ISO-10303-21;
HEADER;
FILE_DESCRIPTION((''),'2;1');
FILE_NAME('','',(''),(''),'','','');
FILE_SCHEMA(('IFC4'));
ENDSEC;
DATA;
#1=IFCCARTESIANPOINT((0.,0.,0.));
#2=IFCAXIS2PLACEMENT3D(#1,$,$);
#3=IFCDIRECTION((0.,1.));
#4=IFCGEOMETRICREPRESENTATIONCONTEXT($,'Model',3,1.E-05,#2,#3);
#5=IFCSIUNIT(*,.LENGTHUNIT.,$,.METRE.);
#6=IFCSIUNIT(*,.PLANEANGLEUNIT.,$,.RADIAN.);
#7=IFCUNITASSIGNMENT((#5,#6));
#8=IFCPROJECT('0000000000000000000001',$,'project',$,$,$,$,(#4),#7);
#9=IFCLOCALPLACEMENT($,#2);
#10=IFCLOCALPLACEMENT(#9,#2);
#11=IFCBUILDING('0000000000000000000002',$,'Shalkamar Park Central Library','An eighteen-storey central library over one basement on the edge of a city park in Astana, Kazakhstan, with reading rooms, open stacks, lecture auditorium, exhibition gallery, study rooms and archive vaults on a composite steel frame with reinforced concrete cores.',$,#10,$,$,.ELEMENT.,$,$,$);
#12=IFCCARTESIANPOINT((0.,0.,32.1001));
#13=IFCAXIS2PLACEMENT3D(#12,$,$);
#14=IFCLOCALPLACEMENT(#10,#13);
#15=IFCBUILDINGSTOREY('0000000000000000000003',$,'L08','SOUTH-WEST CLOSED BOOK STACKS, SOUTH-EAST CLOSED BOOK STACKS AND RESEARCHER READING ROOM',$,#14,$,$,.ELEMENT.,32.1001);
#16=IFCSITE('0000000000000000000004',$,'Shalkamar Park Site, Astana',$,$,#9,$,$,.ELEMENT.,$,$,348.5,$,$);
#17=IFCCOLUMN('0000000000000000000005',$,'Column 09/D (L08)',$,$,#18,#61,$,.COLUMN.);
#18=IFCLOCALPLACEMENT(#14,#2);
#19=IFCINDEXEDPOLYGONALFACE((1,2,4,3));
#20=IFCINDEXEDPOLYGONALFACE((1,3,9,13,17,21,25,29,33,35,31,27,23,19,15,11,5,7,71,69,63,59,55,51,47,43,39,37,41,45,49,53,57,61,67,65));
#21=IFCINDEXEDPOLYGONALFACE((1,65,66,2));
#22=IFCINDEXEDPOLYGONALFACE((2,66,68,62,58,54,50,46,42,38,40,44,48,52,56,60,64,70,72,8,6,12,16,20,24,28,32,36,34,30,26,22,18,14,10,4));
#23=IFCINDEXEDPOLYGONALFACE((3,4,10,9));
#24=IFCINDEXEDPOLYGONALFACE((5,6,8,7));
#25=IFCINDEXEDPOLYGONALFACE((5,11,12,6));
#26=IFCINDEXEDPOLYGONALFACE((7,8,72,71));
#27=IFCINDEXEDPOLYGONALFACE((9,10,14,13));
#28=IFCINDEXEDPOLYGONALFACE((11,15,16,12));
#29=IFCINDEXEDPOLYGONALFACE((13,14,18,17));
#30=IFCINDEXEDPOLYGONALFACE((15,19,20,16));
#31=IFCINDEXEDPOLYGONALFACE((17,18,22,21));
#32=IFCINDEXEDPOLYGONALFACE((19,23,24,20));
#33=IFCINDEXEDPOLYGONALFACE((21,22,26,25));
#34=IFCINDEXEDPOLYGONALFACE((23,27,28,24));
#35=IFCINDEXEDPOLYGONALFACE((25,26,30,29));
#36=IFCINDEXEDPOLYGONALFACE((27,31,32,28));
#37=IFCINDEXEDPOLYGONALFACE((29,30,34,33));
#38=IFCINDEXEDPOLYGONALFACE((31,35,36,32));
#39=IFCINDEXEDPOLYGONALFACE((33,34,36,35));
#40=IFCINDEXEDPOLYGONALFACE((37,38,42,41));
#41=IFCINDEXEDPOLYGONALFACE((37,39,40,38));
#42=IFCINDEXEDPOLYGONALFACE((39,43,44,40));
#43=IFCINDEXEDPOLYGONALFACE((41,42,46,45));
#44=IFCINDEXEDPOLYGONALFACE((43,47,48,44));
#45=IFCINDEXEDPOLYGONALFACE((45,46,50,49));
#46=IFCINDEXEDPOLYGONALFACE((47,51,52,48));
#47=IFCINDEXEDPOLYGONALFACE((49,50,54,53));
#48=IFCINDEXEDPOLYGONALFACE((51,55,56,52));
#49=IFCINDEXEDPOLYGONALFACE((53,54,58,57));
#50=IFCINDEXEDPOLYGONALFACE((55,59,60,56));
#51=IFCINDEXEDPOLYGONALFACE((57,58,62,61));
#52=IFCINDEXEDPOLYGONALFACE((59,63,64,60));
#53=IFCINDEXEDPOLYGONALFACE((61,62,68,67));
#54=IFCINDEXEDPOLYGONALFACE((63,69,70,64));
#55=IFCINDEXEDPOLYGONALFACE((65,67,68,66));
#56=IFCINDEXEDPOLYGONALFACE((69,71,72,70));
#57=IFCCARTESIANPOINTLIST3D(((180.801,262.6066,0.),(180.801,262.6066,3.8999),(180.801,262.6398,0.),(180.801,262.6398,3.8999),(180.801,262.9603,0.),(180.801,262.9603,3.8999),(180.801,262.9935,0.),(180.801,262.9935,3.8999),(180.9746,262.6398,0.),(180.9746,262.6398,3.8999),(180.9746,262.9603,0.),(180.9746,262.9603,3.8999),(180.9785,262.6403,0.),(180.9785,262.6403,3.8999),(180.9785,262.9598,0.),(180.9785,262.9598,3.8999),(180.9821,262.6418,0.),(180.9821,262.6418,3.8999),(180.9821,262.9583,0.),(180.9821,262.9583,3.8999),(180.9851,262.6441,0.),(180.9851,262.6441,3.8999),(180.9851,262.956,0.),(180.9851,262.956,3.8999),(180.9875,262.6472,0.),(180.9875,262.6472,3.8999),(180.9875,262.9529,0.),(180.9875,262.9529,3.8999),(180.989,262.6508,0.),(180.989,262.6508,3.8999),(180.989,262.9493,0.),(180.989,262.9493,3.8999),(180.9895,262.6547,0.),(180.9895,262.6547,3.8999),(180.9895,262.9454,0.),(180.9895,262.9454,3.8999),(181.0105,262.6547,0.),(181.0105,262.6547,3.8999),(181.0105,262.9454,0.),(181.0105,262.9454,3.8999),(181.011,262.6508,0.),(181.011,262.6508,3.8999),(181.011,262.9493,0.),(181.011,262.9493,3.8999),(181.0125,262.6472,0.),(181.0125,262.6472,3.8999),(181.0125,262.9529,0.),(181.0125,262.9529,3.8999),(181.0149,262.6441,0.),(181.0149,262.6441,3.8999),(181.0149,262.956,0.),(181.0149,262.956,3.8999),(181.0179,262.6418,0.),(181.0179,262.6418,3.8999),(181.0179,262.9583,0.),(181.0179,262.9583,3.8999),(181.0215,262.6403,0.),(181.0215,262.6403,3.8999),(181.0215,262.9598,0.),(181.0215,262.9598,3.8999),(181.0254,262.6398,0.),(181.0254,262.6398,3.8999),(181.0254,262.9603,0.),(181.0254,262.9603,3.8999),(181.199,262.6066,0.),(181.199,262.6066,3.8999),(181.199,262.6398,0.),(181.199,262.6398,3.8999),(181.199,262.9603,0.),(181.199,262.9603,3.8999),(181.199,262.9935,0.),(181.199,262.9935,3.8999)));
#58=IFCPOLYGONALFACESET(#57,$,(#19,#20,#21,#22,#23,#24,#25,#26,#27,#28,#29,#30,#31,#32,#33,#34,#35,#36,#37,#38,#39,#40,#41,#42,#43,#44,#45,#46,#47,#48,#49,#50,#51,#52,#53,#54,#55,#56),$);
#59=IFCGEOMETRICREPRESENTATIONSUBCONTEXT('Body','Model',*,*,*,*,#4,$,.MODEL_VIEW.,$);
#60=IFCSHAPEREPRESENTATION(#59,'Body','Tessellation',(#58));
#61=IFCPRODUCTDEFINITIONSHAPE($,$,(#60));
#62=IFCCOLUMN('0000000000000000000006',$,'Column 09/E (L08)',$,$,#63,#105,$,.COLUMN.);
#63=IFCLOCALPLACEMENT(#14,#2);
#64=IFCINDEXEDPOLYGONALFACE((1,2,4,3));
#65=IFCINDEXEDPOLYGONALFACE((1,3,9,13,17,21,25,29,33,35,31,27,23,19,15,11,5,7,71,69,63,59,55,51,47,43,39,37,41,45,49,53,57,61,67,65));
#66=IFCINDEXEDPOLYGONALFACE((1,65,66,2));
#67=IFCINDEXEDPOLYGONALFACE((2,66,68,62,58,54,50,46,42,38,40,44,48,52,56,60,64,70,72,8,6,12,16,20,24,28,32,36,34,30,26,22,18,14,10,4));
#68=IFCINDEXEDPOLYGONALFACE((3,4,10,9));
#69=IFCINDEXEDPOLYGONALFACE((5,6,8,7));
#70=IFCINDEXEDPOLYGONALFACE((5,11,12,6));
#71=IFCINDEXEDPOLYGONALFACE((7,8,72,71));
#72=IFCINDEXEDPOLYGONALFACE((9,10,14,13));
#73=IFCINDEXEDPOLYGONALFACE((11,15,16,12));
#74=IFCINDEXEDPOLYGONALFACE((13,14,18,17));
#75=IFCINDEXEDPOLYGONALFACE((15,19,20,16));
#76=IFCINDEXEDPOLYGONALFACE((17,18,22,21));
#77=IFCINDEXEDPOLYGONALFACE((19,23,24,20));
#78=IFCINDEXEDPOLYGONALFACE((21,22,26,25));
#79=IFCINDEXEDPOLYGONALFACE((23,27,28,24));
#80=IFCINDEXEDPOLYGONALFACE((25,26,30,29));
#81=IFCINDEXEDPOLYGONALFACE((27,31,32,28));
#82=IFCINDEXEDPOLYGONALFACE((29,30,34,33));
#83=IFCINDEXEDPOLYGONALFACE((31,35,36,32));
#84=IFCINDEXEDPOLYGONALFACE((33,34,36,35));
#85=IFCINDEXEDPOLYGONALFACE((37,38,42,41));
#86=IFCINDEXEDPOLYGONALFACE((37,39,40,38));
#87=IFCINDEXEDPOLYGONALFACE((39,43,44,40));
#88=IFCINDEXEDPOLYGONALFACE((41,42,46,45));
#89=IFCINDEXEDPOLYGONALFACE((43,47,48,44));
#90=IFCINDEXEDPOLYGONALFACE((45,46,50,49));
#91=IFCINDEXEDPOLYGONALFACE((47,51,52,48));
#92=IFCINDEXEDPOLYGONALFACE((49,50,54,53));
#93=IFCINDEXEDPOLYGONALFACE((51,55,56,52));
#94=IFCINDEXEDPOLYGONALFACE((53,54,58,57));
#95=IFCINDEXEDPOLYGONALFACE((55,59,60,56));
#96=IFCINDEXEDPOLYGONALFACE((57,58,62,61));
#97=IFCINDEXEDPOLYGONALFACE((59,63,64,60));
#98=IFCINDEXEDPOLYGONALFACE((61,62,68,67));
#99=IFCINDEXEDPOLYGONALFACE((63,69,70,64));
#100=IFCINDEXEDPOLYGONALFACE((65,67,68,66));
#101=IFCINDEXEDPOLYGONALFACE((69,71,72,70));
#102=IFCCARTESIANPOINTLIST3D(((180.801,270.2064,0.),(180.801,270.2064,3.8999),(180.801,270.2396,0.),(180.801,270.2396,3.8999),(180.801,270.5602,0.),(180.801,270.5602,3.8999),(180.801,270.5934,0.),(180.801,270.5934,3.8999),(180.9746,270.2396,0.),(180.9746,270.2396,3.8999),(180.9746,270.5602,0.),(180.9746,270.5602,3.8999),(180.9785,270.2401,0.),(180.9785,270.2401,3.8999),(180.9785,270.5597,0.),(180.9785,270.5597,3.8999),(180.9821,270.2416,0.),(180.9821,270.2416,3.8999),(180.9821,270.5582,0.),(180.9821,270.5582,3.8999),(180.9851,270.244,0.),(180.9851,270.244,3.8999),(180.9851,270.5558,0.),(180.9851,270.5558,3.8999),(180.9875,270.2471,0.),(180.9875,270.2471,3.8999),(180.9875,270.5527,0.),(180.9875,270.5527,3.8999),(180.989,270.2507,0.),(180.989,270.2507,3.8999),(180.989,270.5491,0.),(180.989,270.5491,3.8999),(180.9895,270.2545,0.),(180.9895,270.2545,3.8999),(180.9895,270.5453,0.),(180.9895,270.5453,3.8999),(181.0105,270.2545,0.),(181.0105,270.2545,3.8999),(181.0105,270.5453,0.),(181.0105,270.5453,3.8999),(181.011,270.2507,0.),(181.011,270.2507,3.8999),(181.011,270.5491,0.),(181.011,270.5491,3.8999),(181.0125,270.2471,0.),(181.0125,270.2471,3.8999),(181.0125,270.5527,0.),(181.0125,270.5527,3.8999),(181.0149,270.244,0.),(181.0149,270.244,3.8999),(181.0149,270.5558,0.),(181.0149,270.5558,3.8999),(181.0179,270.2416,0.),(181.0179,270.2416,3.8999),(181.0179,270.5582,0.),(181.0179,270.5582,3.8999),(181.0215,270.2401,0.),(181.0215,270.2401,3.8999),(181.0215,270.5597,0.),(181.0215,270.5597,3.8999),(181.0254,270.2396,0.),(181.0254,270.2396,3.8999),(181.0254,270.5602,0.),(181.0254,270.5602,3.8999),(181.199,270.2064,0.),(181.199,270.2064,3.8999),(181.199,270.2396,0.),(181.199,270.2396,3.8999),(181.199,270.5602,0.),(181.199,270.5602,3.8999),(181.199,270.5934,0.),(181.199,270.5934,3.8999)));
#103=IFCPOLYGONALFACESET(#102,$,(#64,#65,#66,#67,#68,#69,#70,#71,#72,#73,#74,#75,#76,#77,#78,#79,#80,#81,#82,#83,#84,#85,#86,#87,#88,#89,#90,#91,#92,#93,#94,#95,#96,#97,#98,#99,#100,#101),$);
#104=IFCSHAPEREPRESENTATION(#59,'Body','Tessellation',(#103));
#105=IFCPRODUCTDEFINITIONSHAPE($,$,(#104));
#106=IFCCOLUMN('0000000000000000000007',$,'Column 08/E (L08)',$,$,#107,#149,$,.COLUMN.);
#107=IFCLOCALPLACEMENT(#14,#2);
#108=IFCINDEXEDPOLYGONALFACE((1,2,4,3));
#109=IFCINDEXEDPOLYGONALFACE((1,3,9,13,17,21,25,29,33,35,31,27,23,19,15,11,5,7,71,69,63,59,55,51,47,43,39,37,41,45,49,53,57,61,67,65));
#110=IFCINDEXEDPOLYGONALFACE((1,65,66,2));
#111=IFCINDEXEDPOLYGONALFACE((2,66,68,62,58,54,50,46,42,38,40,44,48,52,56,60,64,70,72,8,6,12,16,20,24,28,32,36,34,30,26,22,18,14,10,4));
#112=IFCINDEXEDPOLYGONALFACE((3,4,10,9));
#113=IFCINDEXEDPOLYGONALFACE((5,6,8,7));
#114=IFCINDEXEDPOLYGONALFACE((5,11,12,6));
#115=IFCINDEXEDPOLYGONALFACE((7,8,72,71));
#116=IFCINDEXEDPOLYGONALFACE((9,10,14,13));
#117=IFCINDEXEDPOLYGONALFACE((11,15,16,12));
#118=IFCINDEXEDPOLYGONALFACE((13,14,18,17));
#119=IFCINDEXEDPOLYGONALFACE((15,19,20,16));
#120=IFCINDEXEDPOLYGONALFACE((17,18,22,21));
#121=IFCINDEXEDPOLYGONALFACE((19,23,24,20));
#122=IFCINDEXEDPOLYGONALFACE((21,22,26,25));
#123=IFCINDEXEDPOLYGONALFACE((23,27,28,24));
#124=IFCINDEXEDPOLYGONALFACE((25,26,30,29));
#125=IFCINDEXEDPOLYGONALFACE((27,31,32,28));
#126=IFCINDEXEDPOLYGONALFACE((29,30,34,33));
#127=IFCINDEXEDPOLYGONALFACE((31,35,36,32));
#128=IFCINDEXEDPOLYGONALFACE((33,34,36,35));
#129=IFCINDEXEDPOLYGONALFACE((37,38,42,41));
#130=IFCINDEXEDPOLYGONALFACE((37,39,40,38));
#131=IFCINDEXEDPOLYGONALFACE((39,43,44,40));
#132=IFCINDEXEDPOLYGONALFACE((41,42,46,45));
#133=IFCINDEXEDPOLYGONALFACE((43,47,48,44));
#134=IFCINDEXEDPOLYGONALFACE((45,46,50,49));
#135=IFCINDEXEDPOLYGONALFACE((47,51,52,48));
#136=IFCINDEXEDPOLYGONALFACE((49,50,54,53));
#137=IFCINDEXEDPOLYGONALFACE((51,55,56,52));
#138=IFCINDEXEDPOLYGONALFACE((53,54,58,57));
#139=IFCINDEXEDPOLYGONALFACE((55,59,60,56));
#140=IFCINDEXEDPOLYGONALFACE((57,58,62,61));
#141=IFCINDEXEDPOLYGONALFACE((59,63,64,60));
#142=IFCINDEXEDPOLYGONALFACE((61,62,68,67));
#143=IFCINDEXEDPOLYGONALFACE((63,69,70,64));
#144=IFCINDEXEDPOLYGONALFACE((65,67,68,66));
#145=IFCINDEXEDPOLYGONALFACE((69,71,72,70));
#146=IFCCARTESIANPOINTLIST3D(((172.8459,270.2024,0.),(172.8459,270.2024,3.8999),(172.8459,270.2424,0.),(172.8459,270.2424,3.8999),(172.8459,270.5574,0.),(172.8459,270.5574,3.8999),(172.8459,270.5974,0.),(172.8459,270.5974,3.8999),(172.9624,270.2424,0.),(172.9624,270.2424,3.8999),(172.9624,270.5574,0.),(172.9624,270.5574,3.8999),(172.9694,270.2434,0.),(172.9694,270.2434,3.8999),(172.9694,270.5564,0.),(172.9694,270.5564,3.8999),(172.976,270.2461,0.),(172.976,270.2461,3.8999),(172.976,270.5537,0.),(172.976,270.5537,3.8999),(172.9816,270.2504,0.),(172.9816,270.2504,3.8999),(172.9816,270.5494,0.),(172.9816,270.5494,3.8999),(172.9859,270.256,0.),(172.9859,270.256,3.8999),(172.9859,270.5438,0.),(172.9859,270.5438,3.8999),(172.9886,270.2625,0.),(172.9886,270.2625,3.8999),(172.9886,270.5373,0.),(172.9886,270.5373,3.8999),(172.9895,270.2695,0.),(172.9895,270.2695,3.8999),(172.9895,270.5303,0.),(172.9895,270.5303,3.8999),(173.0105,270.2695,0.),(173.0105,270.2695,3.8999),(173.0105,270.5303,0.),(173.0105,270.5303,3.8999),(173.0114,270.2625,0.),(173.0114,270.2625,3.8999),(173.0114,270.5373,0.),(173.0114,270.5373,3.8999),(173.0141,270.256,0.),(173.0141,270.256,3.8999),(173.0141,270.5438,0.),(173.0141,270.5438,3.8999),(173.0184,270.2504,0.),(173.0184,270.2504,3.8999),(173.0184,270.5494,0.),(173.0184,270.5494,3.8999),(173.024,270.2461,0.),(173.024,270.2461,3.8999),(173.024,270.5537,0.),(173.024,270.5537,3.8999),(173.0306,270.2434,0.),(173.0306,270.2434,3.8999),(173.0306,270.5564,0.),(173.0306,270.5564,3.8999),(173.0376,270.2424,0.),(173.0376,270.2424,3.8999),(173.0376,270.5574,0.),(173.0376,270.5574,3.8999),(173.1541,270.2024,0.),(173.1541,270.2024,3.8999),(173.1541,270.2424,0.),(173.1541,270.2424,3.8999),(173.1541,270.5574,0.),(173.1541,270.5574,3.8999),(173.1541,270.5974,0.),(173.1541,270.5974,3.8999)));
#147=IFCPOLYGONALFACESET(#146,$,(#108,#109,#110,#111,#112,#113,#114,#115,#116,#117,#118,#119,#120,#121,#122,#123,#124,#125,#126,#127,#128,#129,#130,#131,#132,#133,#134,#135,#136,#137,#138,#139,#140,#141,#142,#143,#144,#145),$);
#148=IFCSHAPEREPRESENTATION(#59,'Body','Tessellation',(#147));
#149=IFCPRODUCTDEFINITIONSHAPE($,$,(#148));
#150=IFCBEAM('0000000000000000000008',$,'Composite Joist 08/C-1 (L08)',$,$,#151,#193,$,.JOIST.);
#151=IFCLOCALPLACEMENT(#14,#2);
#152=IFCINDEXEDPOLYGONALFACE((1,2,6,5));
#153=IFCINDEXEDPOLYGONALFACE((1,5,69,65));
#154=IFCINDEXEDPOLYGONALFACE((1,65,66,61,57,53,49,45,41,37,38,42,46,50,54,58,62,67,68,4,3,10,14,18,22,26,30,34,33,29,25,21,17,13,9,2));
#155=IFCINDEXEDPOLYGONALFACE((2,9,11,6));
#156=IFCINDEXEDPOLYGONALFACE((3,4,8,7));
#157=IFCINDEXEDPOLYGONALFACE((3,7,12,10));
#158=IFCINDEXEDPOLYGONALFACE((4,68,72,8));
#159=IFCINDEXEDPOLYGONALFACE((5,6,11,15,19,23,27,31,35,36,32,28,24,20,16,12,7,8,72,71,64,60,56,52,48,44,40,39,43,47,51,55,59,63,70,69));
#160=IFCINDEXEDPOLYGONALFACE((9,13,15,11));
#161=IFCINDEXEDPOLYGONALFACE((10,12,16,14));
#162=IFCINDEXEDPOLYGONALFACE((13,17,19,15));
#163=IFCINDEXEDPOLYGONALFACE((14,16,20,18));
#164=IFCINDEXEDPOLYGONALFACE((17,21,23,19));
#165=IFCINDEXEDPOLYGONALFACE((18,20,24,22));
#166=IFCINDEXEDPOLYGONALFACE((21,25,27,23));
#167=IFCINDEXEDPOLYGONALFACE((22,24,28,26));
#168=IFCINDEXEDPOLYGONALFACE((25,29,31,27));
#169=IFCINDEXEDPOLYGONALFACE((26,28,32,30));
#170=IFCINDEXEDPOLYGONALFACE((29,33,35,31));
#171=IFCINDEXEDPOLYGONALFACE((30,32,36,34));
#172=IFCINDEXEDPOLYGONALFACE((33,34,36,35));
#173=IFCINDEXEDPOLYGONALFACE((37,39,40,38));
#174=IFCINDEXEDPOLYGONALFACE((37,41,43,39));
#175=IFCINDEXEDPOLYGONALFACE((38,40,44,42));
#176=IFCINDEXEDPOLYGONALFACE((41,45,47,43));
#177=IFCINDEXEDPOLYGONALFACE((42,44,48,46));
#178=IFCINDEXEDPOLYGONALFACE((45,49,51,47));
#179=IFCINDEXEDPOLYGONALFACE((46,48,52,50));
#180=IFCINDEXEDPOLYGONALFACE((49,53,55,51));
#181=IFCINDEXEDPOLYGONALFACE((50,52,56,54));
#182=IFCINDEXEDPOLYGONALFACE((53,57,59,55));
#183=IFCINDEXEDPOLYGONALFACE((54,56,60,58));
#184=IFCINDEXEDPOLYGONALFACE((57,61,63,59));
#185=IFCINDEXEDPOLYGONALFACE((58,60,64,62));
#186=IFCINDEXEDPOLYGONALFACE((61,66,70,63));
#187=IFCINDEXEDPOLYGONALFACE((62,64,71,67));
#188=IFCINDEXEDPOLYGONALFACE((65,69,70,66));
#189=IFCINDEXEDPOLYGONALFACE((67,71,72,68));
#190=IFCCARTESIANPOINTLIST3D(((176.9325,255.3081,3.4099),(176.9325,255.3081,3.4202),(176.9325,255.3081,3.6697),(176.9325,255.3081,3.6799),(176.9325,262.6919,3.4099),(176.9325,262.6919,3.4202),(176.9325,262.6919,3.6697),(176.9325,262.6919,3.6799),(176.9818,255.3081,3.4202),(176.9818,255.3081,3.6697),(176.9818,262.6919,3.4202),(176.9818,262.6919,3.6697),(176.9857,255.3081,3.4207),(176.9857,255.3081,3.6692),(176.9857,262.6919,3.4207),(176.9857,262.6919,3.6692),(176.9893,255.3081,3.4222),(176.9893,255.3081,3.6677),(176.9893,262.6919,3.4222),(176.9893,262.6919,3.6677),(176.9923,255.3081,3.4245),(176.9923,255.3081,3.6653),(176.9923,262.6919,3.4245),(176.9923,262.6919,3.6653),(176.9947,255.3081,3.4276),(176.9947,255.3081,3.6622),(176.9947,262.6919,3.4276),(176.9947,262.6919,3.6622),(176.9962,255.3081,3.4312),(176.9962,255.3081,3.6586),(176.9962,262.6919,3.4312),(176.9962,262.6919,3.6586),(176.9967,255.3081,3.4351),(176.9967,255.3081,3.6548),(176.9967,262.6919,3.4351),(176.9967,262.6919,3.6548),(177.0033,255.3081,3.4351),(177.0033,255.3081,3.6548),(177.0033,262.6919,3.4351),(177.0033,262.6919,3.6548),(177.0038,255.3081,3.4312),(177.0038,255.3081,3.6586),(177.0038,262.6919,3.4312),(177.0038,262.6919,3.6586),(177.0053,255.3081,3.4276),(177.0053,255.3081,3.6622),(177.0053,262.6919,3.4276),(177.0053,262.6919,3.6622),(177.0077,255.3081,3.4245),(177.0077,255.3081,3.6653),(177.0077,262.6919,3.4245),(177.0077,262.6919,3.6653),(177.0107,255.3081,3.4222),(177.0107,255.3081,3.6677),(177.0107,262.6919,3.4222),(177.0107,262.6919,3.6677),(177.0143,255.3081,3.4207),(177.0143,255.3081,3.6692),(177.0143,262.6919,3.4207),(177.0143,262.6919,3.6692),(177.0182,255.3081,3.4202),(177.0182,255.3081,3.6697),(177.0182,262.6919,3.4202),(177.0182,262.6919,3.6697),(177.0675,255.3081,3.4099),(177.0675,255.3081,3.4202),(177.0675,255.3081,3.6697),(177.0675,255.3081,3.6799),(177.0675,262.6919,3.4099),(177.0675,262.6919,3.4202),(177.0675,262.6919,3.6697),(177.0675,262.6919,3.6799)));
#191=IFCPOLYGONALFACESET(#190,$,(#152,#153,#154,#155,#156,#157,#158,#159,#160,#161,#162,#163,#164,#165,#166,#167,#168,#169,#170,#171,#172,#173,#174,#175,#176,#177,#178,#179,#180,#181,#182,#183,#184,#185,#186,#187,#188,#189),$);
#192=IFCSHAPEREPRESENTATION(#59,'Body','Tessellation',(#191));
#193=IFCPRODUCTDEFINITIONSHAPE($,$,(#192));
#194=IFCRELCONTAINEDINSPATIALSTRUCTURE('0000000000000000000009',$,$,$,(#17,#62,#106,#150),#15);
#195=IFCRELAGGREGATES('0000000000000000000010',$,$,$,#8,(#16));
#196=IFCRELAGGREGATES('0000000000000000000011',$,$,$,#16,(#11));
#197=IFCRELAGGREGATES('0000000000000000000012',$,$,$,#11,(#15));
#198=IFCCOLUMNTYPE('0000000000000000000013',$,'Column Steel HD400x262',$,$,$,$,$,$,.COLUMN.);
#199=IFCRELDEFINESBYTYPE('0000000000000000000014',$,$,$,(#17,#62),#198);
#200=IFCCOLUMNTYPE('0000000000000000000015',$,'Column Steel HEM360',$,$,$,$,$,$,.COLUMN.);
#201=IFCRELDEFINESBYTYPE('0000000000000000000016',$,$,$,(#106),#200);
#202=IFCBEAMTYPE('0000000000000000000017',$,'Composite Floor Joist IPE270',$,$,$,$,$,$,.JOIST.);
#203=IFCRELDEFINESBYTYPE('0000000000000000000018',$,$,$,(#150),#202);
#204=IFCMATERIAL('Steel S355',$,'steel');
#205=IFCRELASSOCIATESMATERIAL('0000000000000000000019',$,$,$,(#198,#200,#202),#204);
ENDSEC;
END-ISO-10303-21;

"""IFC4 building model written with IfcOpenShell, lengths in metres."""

from ifc_helpers import new_model, si_unit, direction, frame, origin, origin_2d, place, context, subcontext, project, spatial, i_section, extrude, material, material_profile, profile_set, type_object, element, save


model = new_model("IFC4")

# Units and contexts
model_context = context("Model", 3, precision=1e-05, world=origin(), true_north=direction((0.0, 1.0)))
body_context = subcontext(model_context, "Body", "Model", "MODEL_VIEW")
ifc_project = project(units=[si_unit("LENGTHUNIT", "METRE"), si_unit("PLANEANGLEUNIT", "RADIAN")], contexts=[model_context])

# Site, building, storey
site_placement = place(None, origin())
site = spatial("IfcSite", under=ifc_project, at=site_placement, Name="Shalkamar Park Site, Astana", CompositionType="ELEMENT", RefElevation=348.5)
building_placement = place(site_placement, origin())
building = spatial("IfcBuilding", under=site, at=building_placement, Name="Shalkamar Park Central Library", Description="An eighteen-storey central library over one basement on the edge of a city park in Astana, Kazakhstan, with reading rooms, open stacks, lecture auditorium, exhibition gallery, study rooms and archive vaults on a composite steel frame with reinforced concrete cores.", CompositionType="ELEMENT")
storey_placement = place(building_placement, frame((0.0, 0.0, 32.1001)))
storey = spatial("IfcBuildingStorey", under=building, at=storey_placement, Name="L08", Description="SOUTH-WEST CLOSED BOOK STACKS, SOUTH-EAST CLOSED BOOK STACKS AND RESEARCHER READING ROOM", CompositionType="ELEMENT", Elevation=32.1001)

# Columns
ifc_material_1 = material(Name="Steel S355", Category="steel")
ifc_material_profile_1 = material_profile(ifc_material_1, i_section(OverallWidth=0.3979, OverallDepth=0.387, WebThickness=0.021, FlangeThickness=0.0332, FilletRadius=0.0149, at=origin_2d()), Name="HD 400x262")
ifc_profile_set_1 = profile_set([ifc_material_profile_1], Name="Steel S355")
column_type_1 = type_object("IfcColumnType", Name="Column Steel HD400x262", PredefinedType="COLUMN", material=ifc_profile_set_1)
for number, where, z_axis, x_axis, name in (
    (1, (181.0, 262.8, 0.0), (0.0, 0.0, 1.0), (1.0, 0.0, 0.0), "Column 09/D (L08)"),
    (2, (181.0, 270.3999, 0.0), (0.0, 0.0, 1.0), (1.0, 0.0, 0.0), "Column 09/E (L08)"),
):
    element("IfcColumn", number, at=place(storey_placement, frame(where, z_axis=z_axis, x_axis=x_axis)), inside=storey, type_object=column_type_1, Name=name, PredefinedType="COLUMN", context=body_context, shape_type="SweptSolid", body=[
        extrude(i_section(OverallWidth=0.3979, OverallDepth=0.387, WebThickness=0.021, FlangeThickness=0.0332, FilletRadius=0.0149, at=origin_2d()), origin(), (0.0, 0.0, 1.0), 3.8999),
    ])
ifc_material_profile_2 = material_profile(ifc_material_1, i_section(OverallWidth=0.3081, OverallDepth=0.395, WebThickness=0.021, FlangeThickness=0.04, FilletRadius=0.0271, at=origin_2d()), Name="HEM 360")
ifc_profile_set_2 = profile_set([ifc_material_profile_2], Name="Steel S355")
column_type_2 = type_object("IfcColumnType", Name="Column Steel HEM360", PredefinedType="COLUMN", material=ifc_profile_set_2)
column_placement = place(storey_placement, frame((173.0, 270.3999, 0.0), z_axis=(0.0, 0.0, 1.0), x_axis=(1.0, 0.0, 0.0)))
element("IfcColumn", 3, at=column_placement, inside=storey, type_object=column_type_2, Name="Column 08/E (L08)", PredefinedType="COLUMN", context=body_context, shape_type="SweptSolid", body=[
    extrude(i_section(OverallWidth=0.3081, OverallDepth=0.395, WebThickness=0.021, FlangeThickness=0.04, FilletRadius=0.0271, at=origin_2d()), origin(), (0.0, 0.0, 1.0), 3.8999),
])

# Beam
ifc_material_profile_3 = material_profile(ifc_material_1, i_section(OverallWidth=0.135, OverallDepth=0.27, WebThickness=0.0066, FlangeThickness=0.0103, FilletRadius=0.0149, at=origin_2d()), Name="IPE 270")
ifc_profile_set_3 = profile_set([ifc_material_profile_3], Name="Steel S355")
beam_type_1 = type_object("IfcBeamType", Name="Composite Floor Joist IPE270", PredefinedType="JOIST", material=ifc_profile_set_3)
beam_1_placement = place(storey_placement, frame((177.0, 255.3081, 3.5449), z_axis=(0.0, 1.0, 0.0), x_axis=(-1.0, 0.0, 0.0)))
element("IfcBeam", 4, at=beam_1_placement, inside=storey, type_object=beam_type_1, Name="Composite Joist 08/C-1 (L08)", PredefinedType="JOIST", context=body_context, shape_type="SweptSolid", body=[
    extrude(i_section(OverallWidth=0.135, OverallDepth=0.27, WebThickness=0.0066, FlangeThickness=0.0103, FilletRadius=0.0149, at=origin_2d()), origin(), (0.0, 0.0, 1.0), 7.3838),
])

save(model, "model.ifc")
